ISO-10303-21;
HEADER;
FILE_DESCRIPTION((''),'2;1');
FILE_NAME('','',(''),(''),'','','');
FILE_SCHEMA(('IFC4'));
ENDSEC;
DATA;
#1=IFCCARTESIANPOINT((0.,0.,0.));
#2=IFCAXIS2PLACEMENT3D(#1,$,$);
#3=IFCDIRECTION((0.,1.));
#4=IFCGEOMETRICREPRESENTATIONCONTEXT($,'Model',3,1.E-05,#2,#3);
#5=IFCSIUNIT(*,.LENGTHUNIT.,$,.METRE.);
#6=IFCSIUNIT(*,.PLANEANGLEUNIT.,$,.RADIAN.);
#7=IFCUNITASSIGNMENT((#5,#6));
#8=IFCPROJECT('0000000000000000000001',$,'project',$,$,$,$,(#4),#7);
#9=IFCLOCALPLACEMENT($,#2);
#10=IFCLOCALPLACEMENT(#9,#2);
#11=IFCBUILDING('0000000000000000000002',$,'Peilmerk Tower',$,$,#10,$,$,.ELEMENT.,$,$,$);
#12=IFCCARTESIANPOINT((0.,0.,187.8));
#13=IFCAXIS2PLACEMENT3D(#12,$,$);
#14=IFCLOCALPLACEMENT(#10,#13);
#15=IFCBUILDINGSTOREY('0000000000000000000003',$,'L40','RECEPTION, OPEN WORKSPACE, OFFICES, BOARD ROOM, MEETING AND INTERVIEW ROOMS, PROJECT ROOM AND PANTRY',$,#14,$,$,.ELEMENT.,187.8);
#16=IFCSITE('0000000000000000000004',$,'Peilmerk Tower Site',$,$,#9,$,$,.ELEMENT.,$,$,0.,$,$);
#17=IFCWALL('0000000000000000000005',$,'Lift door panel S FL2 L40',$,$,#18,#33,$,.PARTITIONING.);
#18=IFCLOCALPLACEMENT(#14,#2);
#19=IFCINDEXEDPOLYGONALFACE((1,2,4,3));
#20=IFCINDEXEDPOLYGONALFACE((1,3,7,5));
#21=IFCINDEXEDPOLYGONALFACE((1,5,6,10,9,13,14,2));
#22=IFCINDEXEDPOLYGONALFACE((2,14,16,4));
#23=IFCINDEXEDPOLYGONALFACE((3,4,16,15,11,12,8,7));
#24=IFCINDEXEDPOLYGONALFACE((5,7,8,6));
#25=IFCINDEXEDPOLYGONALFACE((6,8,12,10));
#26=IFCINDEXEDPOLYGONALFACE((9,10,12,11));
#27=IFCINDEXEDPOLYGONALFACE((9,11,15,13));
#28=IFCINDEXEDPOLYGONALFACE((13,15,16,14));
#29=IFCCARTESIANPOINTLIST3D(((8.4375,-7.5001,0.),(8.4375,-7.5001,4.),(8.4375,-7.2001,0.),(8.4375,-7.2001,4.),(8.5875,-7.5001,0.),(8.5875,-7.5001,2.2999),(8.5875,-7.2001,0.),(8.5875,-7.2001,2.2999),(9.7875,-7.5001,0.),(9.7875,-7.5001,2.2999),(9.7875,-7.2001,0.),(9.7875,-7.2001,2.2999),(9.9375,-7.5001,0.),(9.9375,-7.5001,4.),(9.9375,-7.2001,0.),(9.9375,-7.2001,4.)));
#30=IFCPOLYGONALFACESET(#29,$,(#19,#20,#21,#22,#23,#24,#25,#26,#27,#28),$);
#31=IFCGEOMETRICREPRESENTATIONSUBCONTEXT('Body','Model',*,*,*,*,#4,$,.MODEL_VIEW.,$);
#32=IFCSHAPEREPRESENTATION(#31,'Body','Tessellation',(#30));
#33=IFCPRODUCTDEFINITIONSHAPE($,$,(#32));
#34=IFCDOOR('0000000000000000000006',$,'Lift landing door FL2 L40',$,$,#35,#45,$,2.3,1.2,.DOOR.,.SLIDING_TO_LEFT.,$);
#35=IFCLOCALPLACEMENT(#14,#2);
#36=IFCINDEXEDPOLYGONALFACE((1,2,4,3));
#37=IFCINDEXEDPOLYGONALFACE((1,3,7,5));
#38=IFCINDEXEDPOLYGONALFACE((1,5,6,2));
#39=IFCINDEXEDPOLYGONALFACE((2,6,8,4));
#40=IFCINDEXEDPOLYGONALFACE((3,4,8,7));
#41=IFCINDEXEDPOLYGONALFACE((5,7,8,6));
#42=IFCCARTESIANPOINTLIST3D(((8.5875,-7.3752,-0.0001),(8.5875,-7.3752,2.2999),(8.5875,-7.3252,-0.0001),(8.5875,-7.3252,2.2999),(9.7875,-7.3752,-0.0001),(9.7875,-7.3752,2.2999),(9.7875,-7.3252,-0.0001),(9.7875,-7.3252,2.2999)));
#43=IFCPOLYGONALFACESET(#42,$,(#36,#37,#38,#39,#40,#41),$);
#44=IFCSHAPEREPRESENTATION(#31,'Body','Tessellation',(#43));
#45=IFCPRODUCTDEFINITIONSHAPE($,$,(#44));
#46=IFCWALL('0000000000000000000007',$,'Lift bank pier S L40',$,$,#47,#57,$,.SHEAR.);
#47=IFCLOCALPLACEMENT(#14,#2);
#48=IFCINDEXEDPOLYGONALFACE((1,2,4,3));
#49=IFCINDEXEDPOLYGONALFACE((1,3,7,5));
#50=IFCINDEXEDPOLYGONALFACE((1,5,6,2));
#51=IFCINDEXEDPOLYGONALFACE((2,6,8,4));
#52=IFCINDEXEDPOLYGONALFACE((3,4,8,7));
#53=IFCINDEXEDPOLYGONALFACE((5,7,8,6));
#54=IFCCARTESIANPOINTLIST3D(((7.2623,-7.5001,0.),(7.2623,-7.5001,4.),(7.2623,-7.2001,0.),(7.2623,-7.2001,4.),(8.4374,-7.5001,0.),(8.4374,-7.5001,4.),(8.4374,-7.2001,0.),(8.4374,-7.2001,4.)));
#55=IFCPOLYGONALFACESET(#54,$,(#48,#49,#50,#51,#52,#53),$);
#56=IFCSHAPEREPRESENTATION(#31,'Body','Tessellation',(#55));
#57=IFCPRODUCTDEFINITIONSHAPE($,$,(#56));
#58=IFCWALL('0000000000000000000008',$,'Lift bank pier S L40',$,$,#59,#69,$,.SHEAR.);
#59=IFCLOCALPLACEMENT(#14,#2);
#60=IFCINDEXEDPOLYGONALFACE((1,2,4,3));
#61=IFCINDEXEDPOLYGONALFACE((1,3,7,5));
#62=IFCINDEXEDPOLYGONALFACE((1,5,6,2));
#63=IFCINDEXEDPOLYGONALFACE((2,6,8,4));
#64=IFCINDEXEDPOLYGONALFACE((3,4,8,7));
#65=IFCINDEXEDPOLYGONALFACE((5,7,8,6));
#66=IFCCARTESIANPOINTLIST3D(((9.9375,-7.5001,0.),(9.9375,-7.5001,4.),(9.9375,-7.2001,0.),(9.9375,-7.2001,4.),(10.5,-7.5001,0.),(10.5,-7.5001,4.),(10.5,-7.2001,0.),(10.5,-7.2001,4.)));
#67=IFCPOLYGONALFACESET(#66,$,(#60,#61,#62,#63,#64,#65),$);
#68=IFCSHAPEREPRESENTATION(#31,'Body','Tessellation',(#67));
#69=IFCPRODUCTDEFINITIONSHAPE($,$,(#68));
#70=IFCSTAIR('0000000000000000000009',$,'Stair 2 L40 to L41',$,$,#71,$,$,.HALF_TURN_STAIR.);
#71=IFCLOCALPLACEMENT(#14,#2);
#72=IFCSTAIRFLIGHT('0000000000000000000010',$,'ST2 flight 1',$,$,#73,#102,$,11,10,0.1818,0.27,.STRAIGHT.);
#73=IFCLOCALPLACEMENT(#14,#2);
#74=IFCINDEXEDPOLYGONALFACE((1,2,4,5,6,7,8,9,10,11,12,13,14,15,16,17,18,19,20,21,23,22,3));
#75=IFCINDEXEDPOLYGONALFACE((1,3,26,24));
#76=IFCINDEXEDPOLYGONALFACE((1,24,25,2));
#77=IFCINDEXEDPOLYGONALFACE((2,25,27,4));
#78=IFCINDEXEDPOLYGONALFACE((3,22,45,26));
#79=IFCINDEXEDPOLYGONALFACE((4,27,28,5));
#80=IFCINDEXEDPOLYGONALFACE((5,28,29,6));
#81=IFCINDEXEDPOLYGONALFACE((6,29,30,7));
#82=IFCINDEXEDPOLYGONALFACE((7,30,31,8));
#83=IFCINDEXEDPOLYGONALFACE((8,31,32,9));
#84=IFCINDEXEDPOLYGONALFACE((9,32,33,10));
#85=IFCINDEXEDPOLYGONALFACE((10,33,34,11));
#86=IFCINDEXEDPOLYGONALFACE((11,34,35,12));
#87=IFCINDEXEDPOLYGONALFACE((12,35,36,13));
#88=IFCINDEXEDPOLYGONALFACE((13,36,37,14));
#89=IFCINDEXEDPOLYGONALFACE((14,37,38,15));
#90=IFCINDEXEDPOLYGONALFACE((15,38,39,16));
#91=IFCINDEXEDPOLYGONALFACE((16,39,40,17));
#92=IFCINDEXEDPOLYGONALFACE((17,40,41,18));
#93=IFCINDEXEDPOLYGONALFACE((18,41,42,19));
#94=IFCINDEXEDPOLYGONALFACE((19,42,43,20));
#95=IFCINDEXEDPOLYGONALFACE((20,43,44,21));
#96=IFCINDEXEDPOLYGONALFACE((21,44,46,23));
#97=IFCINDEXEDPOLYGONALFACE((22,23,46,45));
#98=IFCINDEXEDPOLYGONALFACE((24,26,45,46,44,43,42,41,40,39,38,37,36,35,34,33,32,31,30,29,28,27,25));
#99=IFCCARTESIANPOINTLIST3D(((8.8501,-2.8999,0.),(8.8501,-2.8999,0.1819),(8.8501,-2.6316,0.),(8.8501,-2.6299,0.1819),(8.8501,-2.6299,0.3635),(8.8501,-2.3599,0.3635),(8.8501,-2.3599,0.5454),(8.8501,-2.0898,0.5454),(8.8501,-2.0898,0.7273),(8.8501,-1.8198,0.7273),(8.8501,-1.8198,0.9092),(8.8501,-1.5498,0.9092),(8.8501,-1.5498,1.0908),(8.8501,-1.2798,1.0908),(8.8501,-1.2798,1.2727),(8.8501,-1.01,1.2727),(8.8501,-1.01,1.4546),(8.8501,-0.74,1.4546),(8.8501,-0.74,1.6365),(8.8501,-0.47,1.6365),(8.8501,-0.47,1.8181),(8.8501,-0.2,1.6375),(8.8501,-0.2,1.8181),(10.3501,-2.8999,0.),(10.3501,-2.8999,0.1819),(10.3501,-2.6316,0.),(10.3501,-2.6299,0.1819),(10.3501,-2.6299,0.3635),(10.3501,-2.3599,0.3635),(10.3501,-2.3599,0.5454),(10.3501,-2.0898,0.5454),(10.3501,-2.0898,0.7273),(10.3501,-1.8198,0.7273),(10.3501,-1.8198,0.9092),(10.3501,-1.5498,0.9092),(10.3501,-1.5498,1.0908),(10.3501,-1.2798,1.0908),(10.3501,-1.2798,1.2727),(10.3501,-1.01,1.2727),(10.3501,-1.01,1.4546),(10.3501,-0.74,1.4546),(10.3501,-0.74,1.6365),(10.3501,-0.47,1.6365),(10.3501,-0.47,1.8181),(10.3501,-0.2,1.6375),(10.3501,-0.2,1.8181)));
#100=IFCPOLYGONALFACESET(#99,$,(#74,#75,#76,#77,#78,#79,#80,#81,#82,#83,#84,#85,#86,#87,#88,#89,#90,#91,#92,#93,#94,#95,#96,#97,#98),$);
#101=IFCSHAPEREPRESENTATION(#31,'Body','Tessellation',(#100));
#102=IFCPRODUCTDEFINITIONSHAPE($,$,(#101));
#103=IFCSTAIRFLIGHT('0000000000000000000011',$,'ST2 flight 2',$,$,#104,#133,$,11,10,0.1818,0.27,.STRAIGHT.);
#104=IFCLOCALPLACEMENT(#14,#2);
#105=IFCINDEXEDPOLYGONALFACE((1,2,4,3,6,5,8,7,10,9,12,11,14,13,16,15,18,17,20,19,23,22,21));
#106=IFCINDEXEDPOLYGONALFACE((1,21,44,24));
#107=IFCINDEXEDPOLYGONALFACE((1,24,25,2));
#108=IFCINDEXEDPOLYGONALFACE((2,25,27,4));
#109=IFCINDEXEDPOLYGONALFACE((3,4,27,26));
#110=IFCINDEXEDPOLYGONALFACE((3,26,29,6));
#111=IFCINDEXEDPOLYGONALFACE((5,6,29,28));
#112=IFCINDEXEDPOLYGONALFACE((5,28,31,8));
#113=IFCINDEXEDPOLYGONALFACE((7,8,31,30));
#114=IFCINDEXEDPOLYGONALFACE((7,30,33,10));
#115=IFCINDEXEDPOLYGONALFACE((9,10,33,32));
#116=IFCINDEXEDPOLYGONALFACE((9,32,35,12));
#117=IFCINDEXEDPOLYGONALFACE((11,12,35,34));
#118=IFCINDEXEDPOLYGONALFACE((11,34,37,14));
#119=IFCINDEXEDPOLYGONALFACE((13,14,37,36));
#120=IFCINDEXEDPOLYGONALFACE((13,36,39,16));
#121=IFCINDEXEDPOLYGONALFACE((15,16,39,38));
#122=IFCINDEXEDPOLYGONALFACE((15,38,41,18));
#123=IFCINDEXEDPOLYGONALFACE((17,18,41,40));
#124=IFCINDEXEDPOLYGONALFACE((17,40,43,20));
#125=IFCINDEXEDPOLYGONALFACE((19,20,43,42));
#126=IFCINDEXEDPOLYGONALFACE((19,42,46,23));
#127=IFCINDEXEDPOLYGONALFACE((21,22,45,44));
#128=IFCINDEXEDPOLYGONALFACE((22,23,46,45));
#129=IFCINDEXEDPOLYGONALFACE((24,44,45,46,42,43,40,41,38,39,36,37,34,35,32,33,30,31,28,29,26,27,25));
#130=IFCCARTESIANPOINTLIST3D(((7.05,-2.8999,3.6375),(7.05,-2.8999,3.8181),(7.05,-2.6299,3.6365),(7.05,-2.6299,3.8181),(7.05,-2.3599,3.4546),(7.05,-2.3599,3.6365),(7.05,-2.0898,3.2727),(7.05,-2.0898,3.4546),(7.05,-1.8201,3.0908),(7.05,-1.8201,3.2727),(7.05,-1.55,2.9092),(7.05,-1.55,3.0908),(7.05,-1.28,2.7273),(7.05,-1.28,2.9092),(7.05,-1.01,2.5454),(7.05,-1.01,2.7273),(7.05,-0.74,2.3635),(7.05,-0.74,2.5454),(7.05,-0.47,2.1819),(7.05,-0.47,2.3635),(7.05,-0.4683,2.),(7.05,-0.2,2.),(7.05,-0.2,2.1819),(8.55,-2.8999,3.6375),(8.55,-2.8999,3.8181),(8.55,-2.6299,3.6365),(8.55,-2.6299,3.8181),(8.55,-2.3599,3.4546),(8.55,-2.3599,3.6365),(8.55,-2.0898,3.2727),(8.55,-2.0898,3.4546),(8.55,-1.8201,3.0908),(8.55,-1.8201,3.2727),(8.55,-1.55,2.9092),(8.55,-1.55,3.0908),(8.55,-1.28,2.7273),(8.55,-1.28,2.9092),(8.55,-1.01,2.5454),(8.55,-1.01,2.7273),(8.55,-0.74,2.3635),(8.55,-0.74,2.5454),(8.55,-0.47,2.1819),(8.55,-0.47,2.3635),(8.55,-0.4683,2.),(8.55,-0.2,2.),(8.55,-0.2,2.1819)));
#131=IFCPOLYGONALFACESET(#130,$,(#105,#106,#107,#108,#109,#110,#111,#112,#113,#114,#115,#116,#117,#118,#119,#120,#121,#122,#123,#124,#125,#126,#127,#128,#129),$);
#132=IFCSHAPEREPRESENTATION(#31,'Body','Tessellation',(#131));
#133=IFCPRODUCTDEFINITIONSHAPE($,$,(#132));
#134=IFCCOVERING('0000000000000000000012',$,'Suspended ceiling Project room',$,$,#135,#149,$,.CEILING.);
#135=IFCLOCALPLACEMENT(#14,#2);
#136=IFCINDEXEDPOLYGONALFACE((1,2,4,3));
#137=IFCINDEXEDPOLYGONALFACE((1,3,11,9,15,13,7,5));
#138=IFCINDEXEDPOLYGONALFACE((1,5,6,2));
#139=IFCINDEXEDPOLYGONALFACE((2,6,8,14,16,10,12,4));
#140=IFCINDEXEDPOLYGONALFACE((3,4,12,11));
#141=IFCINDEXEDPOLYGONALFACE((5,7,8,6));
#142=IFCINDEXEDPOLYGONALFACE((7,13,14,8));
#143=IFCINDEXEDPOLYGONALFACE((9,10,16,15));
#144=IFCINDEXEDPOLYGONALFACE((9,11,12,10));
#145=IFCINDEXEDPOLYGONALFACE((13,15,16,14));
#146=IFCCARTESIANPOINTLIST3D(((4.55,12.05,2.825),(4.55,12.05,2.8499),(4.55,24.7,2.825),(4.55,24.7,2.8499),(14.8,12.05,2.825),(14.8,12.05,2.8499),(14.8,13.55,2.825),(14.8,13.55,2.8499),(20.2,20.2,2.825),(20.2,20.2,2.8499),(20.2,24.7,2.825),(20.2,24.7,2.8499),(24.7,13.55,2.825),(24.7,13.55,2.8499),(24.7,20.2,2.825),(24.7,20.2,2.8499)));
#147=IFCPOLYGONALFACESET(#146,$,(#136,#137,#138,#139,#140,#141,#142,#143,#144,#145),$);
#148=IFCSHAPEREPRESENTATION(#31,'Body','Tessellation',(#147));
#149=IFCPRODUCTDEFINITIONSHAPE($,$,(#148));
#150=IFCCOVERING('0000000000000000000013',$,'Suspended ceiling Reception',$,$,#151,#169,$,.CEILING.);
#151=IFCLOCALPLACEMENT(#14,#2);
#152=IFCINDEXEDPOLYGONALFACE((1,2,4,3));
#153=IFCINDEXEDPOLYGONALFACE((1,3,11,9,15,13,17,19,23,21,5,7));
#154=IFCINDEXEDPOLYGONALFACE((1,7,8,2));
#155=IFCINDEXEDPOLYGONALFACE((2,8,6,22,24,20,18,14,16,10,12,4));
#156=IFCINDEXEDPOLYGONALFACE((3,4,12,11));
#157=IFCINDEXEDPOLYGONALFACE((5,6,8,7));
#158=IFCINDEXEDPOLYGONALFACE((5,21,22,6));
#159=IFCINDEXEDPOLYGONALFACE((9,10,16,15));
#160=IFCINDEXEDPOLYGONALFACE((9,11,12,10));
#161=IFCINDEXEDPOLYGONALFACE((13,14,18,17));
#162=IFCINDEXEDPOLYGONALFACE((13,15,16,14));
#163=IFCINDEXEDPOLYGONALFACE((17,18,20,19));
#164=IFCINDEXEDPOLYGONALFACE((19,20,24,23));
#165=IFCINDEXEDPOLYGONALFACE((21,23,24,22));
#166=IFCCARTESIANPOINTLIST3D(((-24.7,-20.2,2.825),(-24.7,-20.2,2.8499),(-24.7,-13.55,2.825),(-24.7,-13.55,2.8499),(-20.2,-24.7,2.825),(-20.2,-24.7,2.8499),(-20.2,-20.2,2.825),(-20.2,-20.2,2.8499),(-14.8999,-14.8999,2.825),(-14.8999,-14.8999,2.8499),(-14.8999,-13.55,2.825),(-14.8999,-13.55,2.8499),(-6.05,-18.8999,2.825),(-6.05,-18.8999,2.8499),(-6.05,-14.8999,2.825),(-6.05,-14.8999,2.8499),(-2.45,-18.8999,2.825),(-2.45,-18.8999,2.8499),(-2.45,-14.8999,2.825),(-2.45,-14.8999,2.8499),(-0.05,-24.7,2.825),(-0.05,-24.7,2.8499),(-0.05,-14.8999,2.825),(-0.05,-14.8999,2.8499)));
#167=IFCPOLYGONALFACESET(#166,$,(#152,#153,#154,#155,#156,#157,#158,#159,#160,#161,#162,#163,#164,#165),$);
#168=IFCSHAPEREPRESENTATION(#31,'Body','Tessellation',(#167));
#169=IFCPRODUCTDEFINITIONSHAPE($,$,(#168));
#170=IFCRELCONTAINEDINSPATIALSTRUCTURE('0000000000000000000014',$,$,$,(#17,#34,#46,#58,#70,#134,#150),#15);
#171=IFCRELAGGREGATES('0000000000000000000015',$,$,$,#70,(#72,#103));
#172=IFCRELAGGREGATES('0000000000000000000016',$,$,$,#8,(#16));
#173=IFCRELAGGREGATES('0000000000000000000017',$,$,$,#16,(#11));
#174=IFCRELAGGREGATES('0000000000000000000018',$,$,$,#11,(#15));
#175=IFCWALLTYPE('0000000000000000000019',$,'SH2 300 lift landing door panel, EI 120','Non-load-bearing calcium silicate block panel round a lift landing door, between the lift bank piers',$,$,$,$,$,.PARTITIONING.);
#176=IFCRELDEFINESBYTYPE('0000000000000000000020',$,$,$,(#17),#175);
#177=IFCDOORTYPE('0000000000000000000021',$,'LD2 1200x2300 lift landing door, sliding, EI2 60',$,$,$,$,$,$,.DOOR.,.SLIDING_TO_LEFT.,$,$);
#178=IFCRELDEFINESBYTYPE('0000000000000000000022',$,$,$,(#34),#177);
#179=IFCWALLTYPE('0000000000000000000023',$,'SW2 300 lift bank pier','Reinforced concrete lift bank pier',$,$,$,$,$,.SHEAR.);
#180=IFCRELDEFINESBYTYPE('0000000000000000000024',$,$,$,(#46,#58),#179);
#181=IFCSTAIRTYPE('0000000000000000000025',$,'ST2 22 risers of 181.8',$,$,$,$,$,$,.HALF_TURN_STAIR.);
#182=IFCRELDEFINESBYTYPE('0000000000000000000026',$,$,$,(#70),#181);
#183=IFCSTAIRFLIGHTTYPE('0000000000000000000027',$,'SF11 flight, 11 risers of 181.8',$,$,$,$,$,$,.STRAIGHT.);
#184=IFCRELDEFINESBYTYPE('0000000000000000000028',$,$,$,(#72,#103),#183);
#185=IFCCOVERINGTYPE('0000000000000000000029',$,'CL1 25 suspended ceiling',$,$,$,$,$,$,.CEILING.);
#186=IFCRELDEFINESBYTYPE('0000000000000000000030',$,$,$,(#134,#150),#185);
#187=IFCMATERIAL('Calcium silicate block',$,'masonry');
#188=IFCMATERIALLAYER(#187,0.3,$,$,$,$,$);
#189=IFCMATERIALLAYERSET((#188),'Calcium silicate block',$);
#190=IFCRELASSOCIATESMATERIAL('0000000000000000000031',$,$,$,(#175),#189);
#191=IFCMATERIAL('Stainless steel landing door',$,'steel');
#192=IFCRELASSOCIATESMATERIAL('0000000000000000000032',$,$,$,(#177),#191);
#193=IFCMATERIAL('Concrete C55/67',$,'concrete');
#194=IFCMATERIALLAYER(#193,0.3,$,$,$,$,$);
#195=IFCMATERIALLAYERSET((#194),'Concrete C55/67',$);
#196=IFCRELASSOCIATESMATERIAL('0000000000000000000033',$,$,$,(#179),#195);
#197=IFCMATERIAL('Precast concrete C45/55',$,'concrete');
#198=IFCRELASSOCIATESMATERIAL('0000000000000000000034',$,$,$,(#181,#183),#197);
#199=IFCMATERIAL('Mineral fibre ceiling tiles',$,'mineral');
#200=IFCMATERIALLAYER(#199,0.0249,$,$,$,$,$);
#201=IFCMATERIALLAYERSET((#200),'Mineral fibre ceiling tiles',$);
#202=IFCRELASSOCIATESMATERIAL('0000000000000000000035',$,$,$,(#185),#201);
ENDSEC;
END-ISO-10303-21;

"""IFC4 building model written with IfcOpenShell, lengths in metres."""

from ifc_helpers import new_model, si_unit, direction, frame, frame_2d, origin, place, context, subcontext, project, spatial, polyline, rectangle, outline, extrude, material, layer, layer_set, type_object, element, fill, aggregate, save


model = new_model("IFC4")

# Units and contexts
model_context = context("Model", 3, precision=1e-05, world=origin(), true_north=direction((0.0, 1.0)))
body_context = subcontext(model_context, "Body", "Model", "MODEL_VIEW")
ifc_project = project(units=[si_unit("LENGTHUNIT", "METRE"), si_unit("PLANEANGLEUNIT", "RADIAN")], contexts=[model_context])

# Site, building, storey
site_placement = place(None, origin())
site = spatial("IfcSite", under=ifc_project, at=site_placement, Name="Peilmerk Tower Site", CompositionType="ELEMENT", RefElevation=0.0)
building_placement = place(site_placement, origin())
building = spatial("IfcBuilding", under=site, at=building_placement, Name="Peilmerk Tower", CompositionType="ELEMENT")
storey_placement = place(building_placement, frame((0.0, 0.0, 187.8)))
storey = spatial("IfcBuildingStorey", under=building, at=storey_placement, Name="L40", Description="RECEPTION, OPEN WORKSPACE, OFFICES, BOARD ROOM, MEETING AND INTERVIEW ROOMS, PROJECT ROOM AND PANTRY", CompositionType="ELEMENT", Elevation=187.8)

# Wall, opening, door
ifc_material_1 = material(Name="Calcium silicate block", Category="masonry")
ifc_layer_1 = layer(ifc_material_1, 0.3)
ifc_layer_set_1 = layer_set([ifc_layer_1], Name="Calcium silicate block")
wall_type_1 = type_object("IfcWallType", Name="SH2 300 lift landing door panel, EI 120", Description="Non-load-bearing calcium silicate block panel round a lift landing door, between the lift bank piers", PredefinedType="PARTITIONING", material=ifc_layer_set_1)
ifc_material_2 = material(Name="Stainless steel landing door", Category="steel")
wall_1_placement = place(storey_placement, frame((8.4375, -7.3501, 0.0), z_axis=(0.0, 0.0, 1.0), x_axis=(1.0, 0.0, 0.0)))
wall_1 = element("IfcWall", 1, at=wall_1_placement, inside=storey, type_object=wall_type_1, Name="Lift door panel S FL2 L40", PredefinedType="PARTITIONING", context=body_context, shape_type="SweptSolid", body=[
    extrude(rectangle(XDim=1.5, YDim=0.3, at=frame_2d((0.75, 0.0))), origin(), (0.0, 0.0, 1.0), 4.0),
])
opening_1_placement = place(wall_1_placement, frame((0.1499, 0.0, 0.0)))
opening_1 = element("IfcOpeningElement", 2, at=opening_1_placement, cuts=wall_1, PredefinedType="OPENING", context=body_context, shape_type="SweptSolid", body=[
    extrude(rectangle(XDim=1.2, YDim=2.3, at=frame_2d((0.6001, 1.1499))), frame((0.0, 0.1599, 0.0), z_axis=(0.0, -1.0, 0.0), x_axis=(1.0, 0.0, 0.0)), (0.0, 0.0, 1.0), 0.3201),
])
door_type_1 = type_object("IfcDoorType", Name="LD2 1200x2300 lift landing door, sliding, EI2 60", OperationType="SLIDING_TO_LEFT", PredefinedType="DOOR", material=ifc_material_2)
door_1_placement = place(opening_1_placement, origin())
door_1 = element("IfcDoor", 3, at=door_1_placement, inside=storey, type_object=door_type_1, Name="Lift landing door FL2 L40", OperationType="SLIDING_TO_LEFT", OverallHeight=2.3, OverallWidth=1.2, PredefinedType="DOOR", context=body_context, shape_type="SweptSolid", body=[
    extrude(rectangle(XDim=1.2, YDim=2.3, at=frame_2d((0.6001, 1.1499))), frame((0.0, 0.0249, 0.0), z_axis=(0.0, -1.0, 0.0), x_axis=(1.0, 0.0, 0.0)), (0.0, 0.0, 1.0), 0.05),
])
fill(opening_1, door_1)

# Walls
ifc_material_3 = material(Name="Concrete C55/67", Category="concrete")
ifc_layer_2 = layer(ifc_material_3, 0.3)
ifc_layer_set_2 = layer_set([ifc_layer_2], Name="Concrete C55/67")
wall_type_2 = type_object("IfcWallType", Name="SW2 300 lift bank pier", Description="Reinforced concrete lift bank pier", PredefinedType="SHEAR", material=ifc_layer_set_2)
wall_2_placement = place(storey_placement, frame((7.2625, -7.3501, 0.0), z_axis=(0.0, 0.0, 1.0), x_axis=(1.0, 0.0, 0.0)))
element("IfcWall", 4, at=wall_2_placement, inside=storey, type_object=wall_type_2, Name="Lift bank pier S L40", PredefinedType="SHEAR", context=body_context, shape_type="SweptSolid", body=[
    extrude(rectangle(XDim=1.175, YDim=0.3, at=frame_2d((0.5874, 0.0))), origin(), (0.0, 0.0, 1.0), 4.0),
])
wall_3_placement = place(storey_placement, frame((9.9375, -7.3501, 0.0), z_axis=(0.0, 0.0, 1.0), x_axis=(1.0, 0.0, 0.0)))
element("IfcWall", 5, at=wall_3_placement, inside=storey, type_object=wall_type_2, Name="Lift bank pier S L40", PredefinedType="SHEAR", context=body_context, shape_type="SweptSolid", body=[
    extrude(rectangle(XDim=0.5625, YDim=0.3, at=frame_2d((0.2812, 0.0))), origin(), (0.0, 0.0, 1.0), 4.0),
])

# Stair, stair flights
ifc_material_4 = material(Name="Precast concrete C45/55", Category="concrete")
stair_type = type_object("IfcStairType", Name="ST2 22 risers of 181.8", PredefinedType="HALF_TURN_STAIR", material=ifc_material_4)
stair_placement = place(storey_placement, origin())
stair = element("IfcStair", 6, at=stair_placement, inside=storey, type_object=stair_type, Name="Stair 2 L40 to L41", PredefinedType="HALF_TURN_STAIR")
stair_flight_type = type_object("IfcStairFlightType", Name="SF11 flight, 11 risers of 181.8", PredefinedType="STRAIGHT", material=ifc_material_4)
stair_flight_1_placement = place(storey_placement, frame((9.6001, -2.8999, 0.0), z_axis=(0.0, 0.0, 1.0), x_axis=(0.0, 1.0, 0.0)))
stair_flight_1 = element("IfcStairFlight", 7, at=stair_flight_1_placement, type_object=stair_flight_type, Name="ST2 flight 1", NumberOfRisers=11, NumberOfTreads=10, PredefinedType="STRAIGHT", RiserHeight=0.1818, TreadLength=0.27, context=body_context, shape_type="SweptSolid", body=[
    extrude(outline(polyline([(0.0, 0.0), (0.0, 0.1819), (0.27, 0.1819), (0.27, 0.3635), (0.54, 0.3635), (0.54, 0.5454), (0.8101, 0.5454), (0.8101, 0.7273), (1.0801, 0.7273), (1.0801, 0.9092), (1.3501, 0.9092), (1.3501, 1.0908), (1.6201, 1.0908), (1.6201, 1.2727), (1.8899, 1.2727), (1.8899, 1.4546), (2.1599, 1.4546), (2.1599, 1.6365), (2.4299, 1.6365), (2.4299, 1.8181), (2.7, 1.8181), (2.7, 2.0), (2.7, 1.6375), (0.2683, 0.0), (0.0, 0.0)])), frame((0.0, 0.75, 0.0), z_axis=(0.0, -1.0, 0.0), x_axis=(1.0, 0.0, 0.0)), (0.0, 0.0, 1.0), 1.5),
])
stair_flight_2_placement = place(storey_placement, frame((7.8, -0.2, 2.0), z_axis=(0.0, 0.0, 1.0), x_axis=(0.0, -1.0, 0.0)))
stair_flight_2 = element("IfcStairFlight", 8, at=stair_flight_2_placement, type_object=stair_flight_type, Name="ST2 flight 2", NumberOfRisers=11, NumberOfTreads=10, PredefinedType="STRAIGHT", RiserHeight=0.1818, TreadLength=0.27, context=body_context, shape_type="SweptSolid", body=[
    extrude(outline(polyline([(0.0, 0.0), (0.0, 0.1819), (0.27, 0.1819), (0.27, 0.3635), (0.54, 0.3635), (0.54, 0.5454), (0.8101, 0.5454), (0.8101, 0.7273), (1.0801, 0.7273), (1.0801, 0.9092), (1.3501, 0.9092), (1.3501, 1.0908), (1.6201, 1.0908), (1.6201, 1.2727), (1.8899, 1.2727), (1.8899, 1.4546), (2.1599, 1.4546), (2.1599, 1.6365), (2.4299, 1.6365), (2.4299, 1.8181), (2.7, 1.8181), (2.7, 2.0), (2.7, 1.6375), (0.2683, 0.0), (0.0, 0.0)])), frame((0.0, 0.75, 0.0), z_axis=(0.0, -1.0, 0.0), x_axis=(1.0, 0.0, 0.0)), (0.0, 0.0, 1.0), 1.5),
])
aggregate(stair, [stair_flight_1, stair_flight_2])

# Coverings
ifc_material_5 = material(Name="Mineral fibre ceiling tiles", Category="mineral")
ifc_layer_3 = layer(ifc_material_5, 0.0249)
ifc_layer_set_3 = layer_set([ifc_layer_3], Name="Mineral fibre ceiling tiles")
covering_type = type_object("IfcCoveringType", Name="CL1 25 suspended ceiling", PredefinedType="CEILING", material=ifc_layer_set_3)
covering_1_placement = place(storey_placement, frame((0.0, 0.0, 2.825)))
element("IfcCovering", 9, at=covering_1_placement, inside=storey, type_object=covering_type, Name="Suspended ceiling Project room", PredefinedType="CEILING", context=body_context, shape_type="SweptSolid", body=[
    extrude(outline(polyline([(20.2, 24.7), (4.55, 24.7), (4.55, 12.05), (14.8, 12.05), (14.8, 13.55), (24.7, 13.55), (24.7, 20.2), (20.2, 20.2), (20.2, 24.7)])), origin(), (0.0, 0.0, 1.0), 0.0249),
])
covering_2_placement = place(storey_placement, frame((0.0, 0.0, 2.825)))
element("IfcCovering", 10, at=covering_2_placement, inside=storey, type_object=covering_type, Name="Suspended ceiling Reception", PredefinedType="CEILING", context=body_context, shape_type="SweptSolid", body=[
    extrude(outline(polyline([(-20.2, -20.2), (-20.2, -24.7), (-0.05, -24.7), (-0.05, -14.8999), (-2.45, -14.8999), (-2.45, -18.8999), (-6.05, -18.8999), (-6.05, -14.8999), (-14.8999, -14.8999), (-14.8999, -13.55), (-24.7, -13.55), (-24.7, -20.2), (-20.2, -20.2)])), origin(), (0.0, 0.0, 1.0), 0.0249),
])

save(model, "model.ifc")
